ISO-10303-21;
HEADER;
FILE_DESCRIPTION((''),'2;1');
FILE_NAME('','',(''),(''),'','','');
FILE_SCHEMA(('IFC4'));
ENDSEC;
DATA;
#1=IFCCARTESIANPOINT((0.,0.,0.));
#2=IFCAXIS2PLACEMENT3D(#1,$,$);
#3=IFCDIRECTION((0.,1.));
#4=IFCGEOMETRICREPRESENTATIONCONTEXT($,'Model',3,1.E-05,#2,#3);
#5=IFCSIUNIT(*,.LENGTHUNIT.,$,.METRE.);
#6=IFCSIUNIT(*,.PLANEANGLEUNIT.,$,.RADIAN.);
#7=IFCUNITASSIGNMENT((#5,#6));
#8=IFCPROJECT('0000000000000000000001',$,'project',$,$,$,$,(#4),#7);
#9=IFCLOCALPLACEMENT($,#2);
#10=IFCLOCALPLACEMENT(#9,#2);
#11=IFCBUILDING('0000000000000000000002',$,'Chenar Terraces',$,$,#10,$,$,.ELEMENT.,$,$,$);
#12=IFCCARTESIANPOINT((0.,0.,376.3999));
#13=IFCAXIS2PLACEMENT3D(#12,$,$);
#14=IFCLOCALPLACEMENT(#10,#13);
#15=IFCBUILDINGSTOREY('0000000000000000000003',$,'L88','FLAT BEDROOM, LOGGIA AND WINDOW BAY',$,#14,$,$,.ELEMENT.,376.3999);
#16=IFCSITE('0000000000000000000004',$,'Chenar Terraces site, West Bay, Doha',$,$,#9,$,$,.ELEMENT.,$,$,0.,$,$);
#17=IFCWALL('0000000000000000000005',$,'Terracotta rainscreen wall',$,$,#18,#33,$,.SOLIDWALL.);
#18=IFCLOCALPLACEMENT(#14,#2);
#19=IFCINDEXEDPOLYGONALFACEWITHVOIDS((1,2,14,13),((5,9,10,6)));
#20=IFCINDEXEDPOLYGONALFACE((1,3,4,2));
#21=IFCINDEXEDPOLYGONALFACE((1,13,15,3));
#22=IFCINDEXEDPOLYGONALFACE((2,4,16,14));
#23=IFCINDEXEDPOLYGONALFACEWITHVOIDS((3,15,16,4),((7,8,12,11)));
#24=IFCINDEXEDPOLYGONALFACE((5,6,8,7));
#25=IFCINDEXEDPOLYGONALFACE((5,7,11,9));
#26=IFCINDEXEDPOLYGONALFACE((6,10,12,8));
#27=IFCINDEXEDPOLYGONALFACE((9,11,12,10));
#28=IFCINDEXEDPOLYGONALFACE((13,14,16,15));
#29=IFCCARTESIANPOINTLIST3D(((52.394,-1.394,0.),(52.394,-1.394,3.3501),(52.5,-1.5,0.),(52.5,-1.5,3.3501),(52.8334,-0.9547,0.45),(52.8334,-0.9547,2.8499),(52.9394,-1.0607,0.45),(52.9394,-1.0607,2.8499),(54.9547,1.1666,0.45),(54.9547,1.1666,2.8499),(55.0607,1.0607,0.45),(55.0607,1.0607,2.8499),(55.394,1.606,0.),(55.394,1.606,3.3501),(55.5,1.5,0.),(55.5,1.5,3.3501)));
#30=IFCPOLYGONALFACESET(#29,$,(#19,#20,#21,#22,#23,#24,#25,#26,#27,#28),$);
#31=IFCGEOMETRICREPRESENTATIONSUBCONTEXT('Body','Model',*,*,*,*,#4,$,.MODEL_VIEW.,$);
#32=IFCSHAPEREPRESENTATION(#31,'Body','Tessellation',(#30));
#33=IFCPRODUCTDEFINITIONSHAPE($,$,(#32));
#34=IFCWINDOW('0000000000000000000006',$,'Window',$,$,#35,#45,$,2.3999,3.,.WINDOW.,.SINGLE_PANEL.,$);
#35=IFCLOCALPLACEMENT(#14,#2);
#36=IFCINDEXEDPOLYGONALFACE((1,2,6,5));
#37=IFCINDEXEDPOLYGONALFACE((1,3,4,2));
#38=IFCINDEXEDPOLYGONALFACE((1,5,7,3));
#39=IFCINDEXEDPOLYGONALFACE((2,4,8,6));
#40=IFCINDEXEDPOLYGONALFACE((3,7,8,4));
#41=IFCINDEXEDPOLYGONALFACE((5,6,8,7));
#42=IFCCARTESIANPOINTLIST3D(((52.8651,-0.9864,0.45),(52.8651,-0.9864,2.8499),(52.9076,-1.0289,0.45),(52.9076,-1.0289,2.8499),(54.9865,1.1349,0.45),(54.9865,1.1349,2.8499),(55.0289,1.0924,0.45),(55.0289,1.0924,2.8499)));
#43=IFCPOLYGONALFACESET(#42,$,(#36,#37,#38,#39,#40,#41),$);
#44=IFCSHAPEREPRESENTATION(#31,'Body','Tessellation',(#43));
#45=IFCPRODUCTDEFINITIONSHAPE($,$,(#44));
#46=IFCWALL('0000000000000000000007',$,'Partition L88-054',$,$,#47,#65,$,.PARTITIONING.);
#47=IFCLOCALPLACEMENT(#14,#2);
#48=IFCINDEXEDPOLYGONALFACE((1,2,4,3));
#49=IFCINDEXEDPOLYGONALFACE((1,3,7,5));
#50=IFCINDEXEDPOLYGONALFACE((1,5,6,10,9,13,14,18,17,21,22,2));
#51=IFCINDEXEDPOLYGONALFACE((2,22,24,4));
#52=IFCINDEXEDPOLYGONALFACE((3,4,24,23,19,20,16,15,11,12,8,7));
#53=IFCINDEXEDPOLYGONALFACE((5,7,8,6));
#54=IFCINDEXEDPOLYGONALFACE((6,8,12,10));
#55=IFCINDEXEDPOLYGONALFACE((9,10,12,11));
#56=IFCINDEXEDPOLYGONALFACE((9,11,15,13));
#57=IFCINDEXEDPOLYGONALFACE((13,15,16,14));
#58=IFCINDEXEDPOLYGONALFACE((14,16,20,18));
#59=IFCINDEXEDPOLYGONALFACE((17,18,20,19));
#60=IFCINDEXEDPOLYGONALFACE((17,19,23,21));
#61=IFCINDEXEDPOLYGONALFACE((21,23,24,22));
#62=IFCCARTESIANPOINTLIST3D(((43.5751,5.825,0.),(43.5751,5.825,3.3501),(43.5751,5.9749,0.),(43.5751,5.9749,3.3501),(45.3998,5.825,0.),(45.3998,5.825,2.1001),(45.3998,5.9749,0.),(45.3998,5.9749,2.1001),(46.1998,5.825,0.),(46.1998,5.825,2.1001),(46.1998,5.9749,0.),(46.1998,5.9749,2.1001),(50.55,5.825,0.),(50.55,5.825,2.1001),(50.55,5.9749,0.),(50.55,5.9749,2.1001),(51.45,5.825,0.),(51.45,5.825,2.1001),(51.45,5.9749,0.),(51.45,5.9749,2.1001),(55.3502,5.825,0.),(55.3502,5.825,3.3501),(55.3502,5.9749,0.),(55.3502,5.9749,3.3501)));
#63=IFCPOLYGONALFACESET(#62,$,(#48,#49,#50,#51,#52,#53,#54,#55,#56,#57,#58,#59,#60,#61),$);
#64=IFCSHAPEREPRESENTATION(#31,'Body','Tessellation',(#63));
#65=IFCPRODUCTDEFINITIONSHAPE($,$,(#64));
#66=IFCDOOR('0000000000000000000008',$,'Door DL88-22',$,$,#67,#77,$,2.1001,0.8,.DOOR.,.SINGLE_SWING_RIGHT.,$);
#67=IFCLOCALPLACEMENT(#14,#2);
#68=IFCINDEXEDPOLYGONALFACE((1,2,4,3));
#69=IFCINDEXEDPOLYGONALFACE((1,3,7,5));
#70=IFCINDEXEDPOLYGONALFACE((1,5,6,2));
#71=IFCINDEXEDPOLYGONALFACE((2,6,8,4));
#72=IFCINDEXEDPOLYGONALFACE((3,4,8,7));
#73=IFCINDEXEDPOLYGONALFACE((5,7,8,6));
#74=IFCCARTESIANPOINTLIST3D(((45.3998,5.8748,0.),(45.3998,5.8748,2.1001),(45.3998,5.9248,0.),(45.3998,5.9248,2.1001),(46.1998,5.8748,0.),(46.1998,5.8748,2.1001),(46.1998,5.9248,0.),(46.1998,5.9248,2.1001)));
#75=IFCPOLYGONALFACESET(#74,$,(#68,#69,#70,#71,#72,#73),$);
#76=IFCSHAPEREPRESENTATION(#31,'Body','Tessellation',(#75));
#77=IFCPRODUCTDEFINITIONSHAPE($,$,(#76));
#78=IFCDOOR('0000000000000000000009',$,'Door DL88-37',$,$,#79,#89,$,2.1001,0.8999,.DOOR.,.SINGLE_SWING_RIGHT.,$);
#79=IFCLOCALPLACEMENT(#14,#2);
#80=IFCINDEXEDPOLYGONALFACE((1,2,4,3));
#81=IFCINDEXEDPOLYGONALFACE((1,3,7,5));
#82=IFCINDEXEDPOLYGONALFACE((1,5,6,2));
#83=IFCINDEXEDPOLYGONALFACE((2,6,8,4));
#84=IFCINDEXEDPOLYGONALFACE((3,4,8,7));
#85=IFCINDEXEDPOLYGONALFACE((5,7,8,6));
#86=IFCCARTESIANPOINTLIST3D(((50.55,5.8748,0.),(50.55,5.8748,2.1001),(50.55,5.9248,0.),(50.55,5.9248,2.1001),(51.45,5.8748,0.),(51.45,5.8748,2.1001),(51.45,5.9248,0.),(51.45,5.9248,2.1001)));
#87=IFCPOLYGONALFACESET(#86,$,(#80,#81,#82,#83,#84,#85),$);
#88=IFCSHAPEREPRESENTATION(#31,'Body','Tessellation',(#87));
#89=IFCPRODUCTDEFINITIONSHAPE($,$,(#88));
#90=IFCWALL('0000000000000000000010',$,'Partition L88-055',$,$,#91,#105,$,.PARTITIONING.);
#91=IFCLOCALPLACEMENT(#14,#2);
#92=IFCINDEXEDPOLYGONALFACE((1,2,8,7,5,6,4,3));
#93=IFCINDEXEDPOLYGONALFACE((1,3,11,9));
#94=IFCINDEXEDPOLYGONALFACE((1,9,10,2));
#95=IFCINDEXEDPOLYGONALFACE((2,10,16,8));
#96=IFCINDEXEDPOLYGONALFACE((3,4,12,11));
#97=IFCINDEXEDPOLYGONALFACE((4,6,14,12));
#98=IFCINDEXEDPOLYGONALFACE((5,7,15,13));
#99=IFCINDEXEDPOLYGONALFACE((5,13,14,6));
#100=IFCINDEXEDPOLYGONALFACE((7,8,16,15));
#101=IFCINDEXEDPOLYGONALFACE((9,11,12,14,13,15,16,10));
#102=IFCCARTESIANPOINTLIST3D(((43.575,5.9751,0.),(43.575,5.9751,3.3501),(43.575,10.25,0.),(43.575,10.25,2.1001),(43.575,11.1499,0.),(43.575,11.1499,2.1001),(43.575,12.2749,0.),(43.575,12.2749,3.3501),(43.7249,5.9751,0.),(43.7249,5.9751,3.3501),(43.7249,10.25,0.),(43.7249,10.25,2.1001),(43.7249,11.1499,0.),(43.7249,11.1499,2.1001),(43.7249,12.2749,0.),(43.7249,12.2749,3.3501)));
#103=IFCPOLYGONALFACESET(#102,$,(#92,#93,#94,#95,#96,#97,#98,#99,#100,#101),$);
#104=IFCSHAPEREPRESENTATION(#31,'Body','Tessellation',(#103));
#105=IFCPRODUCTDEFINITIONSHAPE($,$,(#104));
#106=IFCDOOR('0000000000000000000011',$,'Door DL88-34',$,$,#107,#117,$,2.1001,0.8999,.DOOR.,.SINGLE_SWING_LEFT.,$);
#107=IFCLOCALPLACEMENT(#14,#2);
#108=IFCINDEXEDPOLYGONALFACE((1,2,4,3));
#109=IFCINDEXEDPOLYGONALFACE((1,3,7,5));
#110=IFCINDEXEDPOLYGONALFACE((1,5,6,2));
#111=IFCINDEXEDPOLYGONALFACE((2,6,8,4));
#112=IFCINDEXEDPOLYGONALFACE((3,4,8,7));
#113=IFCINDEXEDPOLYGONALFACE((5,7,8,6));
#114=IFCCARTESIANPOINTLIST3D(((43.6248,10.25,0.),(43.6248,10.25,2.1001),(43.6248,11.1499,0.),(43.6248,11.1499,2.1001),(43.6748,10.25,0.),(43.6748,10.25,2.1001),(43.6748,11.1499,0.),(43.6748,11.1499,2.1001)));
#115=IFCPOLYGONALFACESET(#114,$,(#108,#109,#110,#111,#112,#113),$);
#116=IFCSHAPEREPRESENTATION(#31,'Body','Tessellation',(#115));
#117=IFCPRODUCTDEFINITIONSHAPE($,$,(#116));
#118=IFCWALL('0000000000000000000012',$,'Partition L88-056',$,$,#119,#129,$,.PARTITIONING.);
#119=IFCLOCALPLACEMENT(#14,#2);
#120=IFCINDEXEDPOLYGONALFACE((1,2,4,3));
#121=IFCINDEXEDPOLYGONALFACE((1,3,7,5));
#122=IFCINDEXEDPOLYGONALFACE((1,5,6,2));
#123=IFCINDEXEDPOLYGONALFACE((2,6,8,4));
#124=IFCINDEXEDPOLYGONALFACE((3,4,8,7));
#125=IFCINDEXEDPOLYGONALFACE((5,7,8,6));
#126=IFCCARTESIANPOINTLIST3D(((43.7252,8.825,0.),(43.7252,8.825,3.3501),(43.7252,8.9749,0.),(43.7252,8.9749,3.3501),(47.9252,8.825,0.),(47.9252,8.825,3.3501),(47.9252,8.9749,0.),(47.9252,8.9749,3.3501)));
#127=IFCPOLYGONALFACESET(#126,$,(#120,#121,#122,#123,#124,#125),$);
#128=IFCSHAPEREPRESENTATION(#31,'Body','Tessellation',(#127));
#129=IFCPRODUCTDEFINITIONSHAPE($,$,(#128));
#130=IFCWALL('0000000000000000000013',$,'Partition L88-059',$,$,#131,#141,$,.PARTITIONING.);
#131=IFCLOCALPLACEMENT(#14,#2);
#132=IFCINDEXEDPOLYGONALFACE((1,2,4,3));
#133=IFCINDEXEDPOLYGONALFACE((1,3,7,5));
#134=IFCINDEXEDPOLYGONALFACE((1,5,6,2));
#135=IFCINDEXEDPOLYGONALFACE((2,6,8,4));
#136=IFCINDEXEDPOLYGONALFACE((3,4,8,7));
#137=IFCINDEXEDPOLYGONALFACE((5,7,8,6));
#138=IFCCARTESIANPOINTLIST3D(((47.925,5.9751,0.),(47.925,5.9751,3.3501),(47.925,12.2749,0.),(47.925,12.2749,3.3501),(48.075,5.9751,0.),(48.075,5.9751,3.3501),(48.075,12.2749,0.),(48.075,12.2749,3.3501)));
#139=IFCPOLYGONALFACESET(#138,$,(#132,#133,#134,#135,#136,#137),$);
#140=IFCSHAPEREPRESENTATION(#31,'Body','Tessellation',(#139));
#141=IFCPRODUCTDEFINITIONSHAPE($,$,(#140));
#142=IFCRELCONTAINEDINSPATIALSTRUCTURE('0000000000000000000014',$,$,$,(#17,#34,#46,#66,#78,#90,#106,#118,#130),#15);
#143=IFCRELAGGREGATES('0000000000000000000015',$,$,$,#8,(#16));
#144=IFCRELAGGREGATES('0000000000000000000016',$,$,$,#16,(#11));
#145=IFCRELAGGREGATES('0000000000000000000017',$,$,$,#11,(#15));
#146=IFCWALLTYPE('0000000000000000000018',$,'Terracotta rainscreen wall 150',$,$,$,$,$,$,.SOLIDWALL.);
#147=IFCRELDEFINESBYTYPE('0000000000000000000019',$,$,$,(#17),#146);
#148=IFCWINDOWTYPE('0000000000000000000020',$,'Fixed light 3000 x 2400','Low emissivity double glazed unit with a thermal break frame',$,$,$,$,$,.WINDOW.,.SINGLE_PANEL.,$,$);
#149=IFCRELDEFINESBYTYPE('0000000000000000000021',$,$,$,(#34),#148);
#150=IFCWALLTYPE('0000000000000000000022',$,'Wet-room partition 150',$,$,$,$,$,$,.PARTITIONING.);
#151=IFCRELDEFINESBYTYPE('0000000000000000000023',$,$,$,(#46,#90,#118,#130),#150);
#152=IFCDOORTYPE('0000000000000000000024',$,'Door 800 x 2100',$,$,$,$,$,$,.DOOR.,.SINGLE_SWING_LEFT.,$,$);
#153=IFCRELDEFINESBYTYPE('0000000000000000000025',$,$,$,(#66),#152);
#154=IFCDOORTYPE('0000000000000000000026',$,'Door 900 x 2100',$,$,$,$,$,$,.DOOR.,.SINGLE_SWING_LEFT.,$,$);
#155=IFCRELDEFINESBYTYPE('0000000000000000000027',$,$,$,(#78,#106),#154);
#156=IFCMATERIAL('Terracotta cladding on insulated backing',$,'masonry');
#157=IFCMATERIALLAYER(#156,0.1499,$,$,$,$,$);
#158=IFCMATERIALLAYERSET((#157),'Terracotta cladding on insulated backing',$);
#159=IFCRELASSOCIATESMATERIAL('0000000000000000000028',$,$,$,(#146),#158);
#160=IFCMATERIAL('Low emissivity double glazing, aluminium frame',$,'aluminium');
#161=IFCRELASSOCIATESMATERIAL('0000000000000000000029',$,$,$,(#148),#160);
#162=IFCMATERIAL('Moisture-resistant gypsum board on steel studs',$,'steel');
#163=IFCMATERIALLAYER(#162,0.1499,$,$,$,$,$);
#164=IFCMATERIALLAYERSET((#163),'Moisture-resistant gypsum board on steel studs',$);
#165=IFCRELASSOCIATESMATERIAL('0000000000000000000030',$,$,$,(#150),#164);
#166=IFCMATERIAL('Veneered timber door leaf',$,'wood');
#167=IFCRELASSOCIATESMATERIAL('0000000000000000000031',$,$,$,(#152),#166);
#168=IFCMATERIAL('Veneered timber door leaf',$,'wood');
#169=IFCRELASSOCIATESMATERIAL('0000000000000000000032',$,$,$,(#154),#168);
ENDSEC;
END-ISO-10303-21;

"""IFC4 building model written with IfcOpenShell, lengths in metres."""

from ifc_helpers import new_model, si_unit, direction, frame, frame_2d, origin, place, context, subcontext, project, spatial, rectangle, extrude, material, layer, layer_set, type_object, element, fill, save


model = new_model("IFC4")

# Units and contexts
model_context = context("Model", 3, precision=1e-05, world=origin(), true_north=direction((0.0, 1.0)))
body_context = subcontext(model_context, "Body", "Model", "MODEL_VIEW")
ifc_project = project(units=[si_unit("LENGTHUNIT", "METRE"), si_unit("PLANEANGLEUNIT", "RADIAN")], contexts=[model_context])

# Site, building, storey
site_placement = place(None, origin())
site = spatial("IfcSite", under=ifc_project, at=site_placement, Name="Chenar Terraces site, West Bay, Doha", CompositionType="ELEMENT", RefElevation=0.0)
building_placement = place(site_placement, origin())
building = spatial("IfcBuilding", under=site, at=building_placement, Name="Chenar Terraces", CompositionType="ELEMENT")
storey_placement = place(building_placement, frame((0.0, 0.0, 376.3999)))
storey = spatial("IfcBuildingStorey", under=building, at=storey_placement, Name="L88", Description="FLAT BEDROOM, LOGGIA AND WINDOW BAY", CompositionType="ELEMENT", Elevation=376.3999)

# Wall, opening, window
ifc_material_1 = material(Name="Terracotta cladding on insulated backing", Category="masonry")
ifc_layer_1 = layer(ifc_material_1, 0.1499)
ifc_layer_set_1 = layer_set([ifc_layer_1], Name="Terracotta cladding on insulated backing")
wall_type_1 = type_object("IfcWallType", Name="Terracotta rainscreen wall 150", PredefinedType="SOLIDWALL", material=ifc_layer_set_1)
wall_1_placement = place(storey_placement, frame((52.447, -1.447, 0.0), z_axis=(0.0, 0.0, 1.0), x_axis=(0.707107, 0.707107, 0.0)))
wall_1 = element("IfcWall", 1, at=wall_1_placement, inside=storey, type_object=wall_type_1, Name="Terracotta rainscreen wall", PredefinedType="SOLIDWALL", context=body_context, shape_type="SweptSolid", body=[
    extrude(rectangle(XDim=4.2427, YDim=0.1499, at=frame_2d((2.1213, 0.0))), origin(), (0.0, 0.0, 1.0), 3.3501),
])
opening_1_placement = place(wall_1_placement, frame((0.6213, 0.0, 0.45)))
opening_1 = element("IfcOpeningElement", 2, at=opening_1_placement, cuts=wall_1, PredefinedType="OPENING", context=body_context, shape_type="SweptSolid", body=[
    extrude(rectangle(XDim=3.0, YDim=2.3999, at=frame_2d((1.5, 1.2))), frame((0.0, 0.085, 0.0), z_axis=(0.0, -1.0, 0.0), x_axis=(1.0, 0.0, 0.0)), (0.0, 0.0, 1.0), 0.1699),
])
ifc_material_2 = material(Name="Low emissivity double glazing, aluminium frame", Category="aluminium")
window_type_1 = type_object("IfcWindowType", Name="Fixed light 3000 x 2400", Description="Low emissivity double glazed unit with a thermal break frame", PartitioningType="SINGLE_PANEL", PredefinedType="WINDOW", material=ifc_material_2)
window_1_placement = place(opening_1_placement, origin())
window_1 = element("IfcWindow", 3, at=window_1_placement, inside=storey, type_object=window_type_1, Name="Window", OverallHeight=2.3999, OverallWidth=3.0, PartitioningType="SINGLE_PANEL", PredefinedType="WINDOW", context=body_context, shape_type="SweptSolid", body=[
    extrude(rectangle(XDim=3.0, YDim=2.3999, at=frame_2d((1.5, 1.2))), frame((0.0, 0.03, 0.0), z_axis=(0.0, -1.0, 0.0), x_axis=(1.0, 0.0, 0.0)), (0.0, 0.0, 1.0), 0.0601),
])
fill(opening_1, window_1)

# Wall, openings, doors
ifc_material_3 = material(Name="Moisture-resistant gypsum board on steel studs", Category="steel")
ifc_layer_2 = layer(ifc_material_3, 0.1499)
ifc_layer_set_2 = layer_set([ifc_layer_2], Name="Moisture-resistant gypsum board on steel studs")
wall_type_2 = type_object("IfcWallType", Name="Wet-room partition 150", PredefinedType="PARTITIONING", material=ifc_layer_set_2)
wall_2_placement = place(storey_placement, frame((43.575, 5.8999, 0.0), z_axis=(0.0, 0.0, 1.0), x_axis=(1.0, 0.0, 0.0)))
wall_2 = element("IfcWall", 4, at=wall_2_placement, inside=storey, type_object=wall_type_2, Name="Partition L88-054", PredefinedType="PARTITIONING", context=body_context, shape_type="SweptSolid", body=[
    extrude(rectangle(XDim=11.7751, YDim=0.1499, at=frame_2d((5.8877, 0.0))), origin(), (0.0, 0.0, 1.0), 3.3501),
])
opening_2_placement = place(wall_2_placement, frame((1.825, 0.0, 0.0)))
opening_2 = element("IfcOpeningElement", 5, at=opening_2_placement, cuts=wall_2, PredefinedType="OPENING", context=body_context, shape_type="SweptSolid", body=[
    extrude(rectangle(XDim=0.8, YDim=2.1001, at=frame_2d((0.3999, 1.05))), frame((0.0, 0.085, 0.0), z_axis=(0.0, -1.0, 0.0), x_axis=(1.0, 0.0, 0.0)), (0.0, 0.0, 1.0), 0.1699),
])
opening_3_placement = place(wall_2_placement, frame((6.9751, 0.0, 0.0)))
opening_3 = element("IfcOpeningElement", 6, at=opening_3_placement, cuts=wall_2, PredefinedType="OPENING", context=body_context, shape_type="SweptSolid", body=[
    extrude(rectangle(XDim=0.8999, YDim=2.1001, at=frame_2d((0.45, 1.05))), frame((0.0, 0.085, 0.0), z_axis=(0.0, -1.0, 0.0), x_axis=(1.0, 0.0, 0.0)), (0.0, 0.0, 1.0), 0.1699),
])
ifc_material_4 = material(Name="Veneered timber door leaf", Category="wood")
door_type_1 = type_object("IfcDoorType", Name="Door 800 x 2100", OperationType="SINGLE_SWING_LEFT", PredefinedType="DOOR", material=ifc_material_4)
door_1_placement = place(opening_2_placement, origin())
door_1 = element("IfcDoor", 7, at=door_1_placement, inside=storey, type_object=door_type_1, Name="Door DL88-22", OperationType="SINGLE_SWING_RIGHT", OverallHeight=2.1001, OverallWidth=0.8, PredefinedType="DOOR", context=body_context, shape_type="SweptSolid", body=[
    extrude(rectangle(XDim=0.8, YDim=2.1001, at=frame_2d((0.3999, 1.05))), frame((0.0, 0.0249, 0.0), z_axis=(0.0, -1.0, 0.0), x_axis=(1.0, 0.0, 0.0)), (0.0, 0.0, 1.0), 0.05),
])
fill(opening_2, door_1)
ifc_material_5 = material(Name="Veneered timber door leaf", Category="wood")
door_type_2 = type_object("IfcDoorType", Name="Door 900 x 2100", OperationType="SINGLE_SWING_LEFT", PredefinedType="DOOR", material=ifc_material_5)
door_2_placement = place(opening_3_placement, origin())
door_2 = element("IfcDoor", 8, at=door_2_placement, inside=storey, type_object=door_type_2, Name="Door DL88-37", OperationType="SINGLE_SWING_RIGHT", OverallHeight=2.1001, OverallWidth=0.8999, PredefinedType="DOOR", context=body_context, shape_type="SweptSolid", body=[
    extrude(rectangle(XDim=0.8999, YDim=2.1001, at=frame_2d((0.45, 1.05))), frame((0.0, 0.0249, 0.0), z_axis=(0.0, -1.0, 0.0), x_axis=(1.0, 0.0, 0.0)), (0.0, 0.0, 1.0), 0.05),
])
fill(opening_3, door_2)

# Wall, opening, door
wall_3_placement = place(storey_placement, frame((43.6499, 5.9751, 0.0), z_axis=(0.0, 0.0, 1.0), x_axis=(0.0, 1.0, 0.0)))
wall_3 = element("IfcWall", 9, at=wall_3_placement, inside=storey, type_object=wall_type_2, Name="Partition L88-055", PredefinedType="PARTITIONING", context=body_context, shape_type="SweptSolid", body=[
    extrude(rectangle(XDim=6.2998, YDim=0.1499, at=frame_2d((3.1499, 0.0))), origin(), (0.0, 0.0, 1.0), 3.3501),
])
opening_4_placement = place(wall_3_placement, frame((4.2749, 0.0, 0.0)))
opening_4 = element("IfcOpeningElement", 10, at=opening_4_placement, cuts=wall_3, PredefinedType="OPENING", context=body_context, shape_type="SweptSolid", body=[
    extrude(rectangle(XDim=0.8999, YDim=2.1001, at=frame_2d((0.45, 1.05))), frame((0.0, 0.085, 0.0), z_axis=(0.0, -1.0, 0.0), x_axis=(1.0, 0.0, 0.0)), (0.0, 0.0, 1.0), 0.1699),
])
door_3_placement = place(opening_4_placement, frame((0.8999, 0.0, 0.0), z_axis=(0.0, 0.0, 1.0), x_axis=(-1.0, 0.0, 0.0)))
door_3 = element("IfcDoor", 11, at=door_3_placement, inside=storey, type_object=door_type_2, Name="Door DL88-34", OperationType="SINGLE_SWING_LEFT", OverallHeight=2.1001, OverallWidth=0.8999, PredefinedType="DOOR", context=body_context, shape_type="SweptSolid", body=[
    extrude(rectangle(XDim=0.8999, YDim=2.1001, at=frame_2d((0.45, 1.05))), frame((0.0, 0.0249, 0.0), z_axis=(0.0, -1.0, 0.0), x_axis=(1.0, 0.0, 0.0)), (0.0, 0.0, 1.0), 0.05),
])
fill(opening_4, door_3)

# Walls
wall_4_placement = place(storey_placement, frame((43.7251, 8.8999, 0.0), z_axis=(0.0, 0.0, 1.0), x_axis=(1.0, 0.0, 0.0)))
element("IfcWall", 12, at=wall_4_placement, inside=storey, type_object=wall_type_2, Name="Partition L88-056", PredefinedType="PARTITIONING", context=body_context, shape_type="SweptSolid", body=[
    extrude(rectangle(XDim=4.2, YDim=0.1499, at=frame_2d((2.1001, 0.0))), origin(), (0.0, 0.0, 1.0), 3.3501),
])
wall_5_placement = place(storey_placement, frame((48.0, 5.9751, 0.0), z_axis=(0.0, 0.0, 1.0), x_axis=(0.0, 1.0, 0.0)))
element("IfcWall", 13, at=wall_5_placement, inside=storey, type_object=wall_type_2, Name="Partition L88-059", PredefinedType="PARTITIONING", context=body_context, shape_type="SweptSolid", body=[
    extrude(rectangle(XDim=6.2998, YDim=0.1499, at=frame_2d((3.1499, 0.0))), origin(), (0.0, 0.0, 1.0), 3.3501),
])

save(model, "model.ifc")
